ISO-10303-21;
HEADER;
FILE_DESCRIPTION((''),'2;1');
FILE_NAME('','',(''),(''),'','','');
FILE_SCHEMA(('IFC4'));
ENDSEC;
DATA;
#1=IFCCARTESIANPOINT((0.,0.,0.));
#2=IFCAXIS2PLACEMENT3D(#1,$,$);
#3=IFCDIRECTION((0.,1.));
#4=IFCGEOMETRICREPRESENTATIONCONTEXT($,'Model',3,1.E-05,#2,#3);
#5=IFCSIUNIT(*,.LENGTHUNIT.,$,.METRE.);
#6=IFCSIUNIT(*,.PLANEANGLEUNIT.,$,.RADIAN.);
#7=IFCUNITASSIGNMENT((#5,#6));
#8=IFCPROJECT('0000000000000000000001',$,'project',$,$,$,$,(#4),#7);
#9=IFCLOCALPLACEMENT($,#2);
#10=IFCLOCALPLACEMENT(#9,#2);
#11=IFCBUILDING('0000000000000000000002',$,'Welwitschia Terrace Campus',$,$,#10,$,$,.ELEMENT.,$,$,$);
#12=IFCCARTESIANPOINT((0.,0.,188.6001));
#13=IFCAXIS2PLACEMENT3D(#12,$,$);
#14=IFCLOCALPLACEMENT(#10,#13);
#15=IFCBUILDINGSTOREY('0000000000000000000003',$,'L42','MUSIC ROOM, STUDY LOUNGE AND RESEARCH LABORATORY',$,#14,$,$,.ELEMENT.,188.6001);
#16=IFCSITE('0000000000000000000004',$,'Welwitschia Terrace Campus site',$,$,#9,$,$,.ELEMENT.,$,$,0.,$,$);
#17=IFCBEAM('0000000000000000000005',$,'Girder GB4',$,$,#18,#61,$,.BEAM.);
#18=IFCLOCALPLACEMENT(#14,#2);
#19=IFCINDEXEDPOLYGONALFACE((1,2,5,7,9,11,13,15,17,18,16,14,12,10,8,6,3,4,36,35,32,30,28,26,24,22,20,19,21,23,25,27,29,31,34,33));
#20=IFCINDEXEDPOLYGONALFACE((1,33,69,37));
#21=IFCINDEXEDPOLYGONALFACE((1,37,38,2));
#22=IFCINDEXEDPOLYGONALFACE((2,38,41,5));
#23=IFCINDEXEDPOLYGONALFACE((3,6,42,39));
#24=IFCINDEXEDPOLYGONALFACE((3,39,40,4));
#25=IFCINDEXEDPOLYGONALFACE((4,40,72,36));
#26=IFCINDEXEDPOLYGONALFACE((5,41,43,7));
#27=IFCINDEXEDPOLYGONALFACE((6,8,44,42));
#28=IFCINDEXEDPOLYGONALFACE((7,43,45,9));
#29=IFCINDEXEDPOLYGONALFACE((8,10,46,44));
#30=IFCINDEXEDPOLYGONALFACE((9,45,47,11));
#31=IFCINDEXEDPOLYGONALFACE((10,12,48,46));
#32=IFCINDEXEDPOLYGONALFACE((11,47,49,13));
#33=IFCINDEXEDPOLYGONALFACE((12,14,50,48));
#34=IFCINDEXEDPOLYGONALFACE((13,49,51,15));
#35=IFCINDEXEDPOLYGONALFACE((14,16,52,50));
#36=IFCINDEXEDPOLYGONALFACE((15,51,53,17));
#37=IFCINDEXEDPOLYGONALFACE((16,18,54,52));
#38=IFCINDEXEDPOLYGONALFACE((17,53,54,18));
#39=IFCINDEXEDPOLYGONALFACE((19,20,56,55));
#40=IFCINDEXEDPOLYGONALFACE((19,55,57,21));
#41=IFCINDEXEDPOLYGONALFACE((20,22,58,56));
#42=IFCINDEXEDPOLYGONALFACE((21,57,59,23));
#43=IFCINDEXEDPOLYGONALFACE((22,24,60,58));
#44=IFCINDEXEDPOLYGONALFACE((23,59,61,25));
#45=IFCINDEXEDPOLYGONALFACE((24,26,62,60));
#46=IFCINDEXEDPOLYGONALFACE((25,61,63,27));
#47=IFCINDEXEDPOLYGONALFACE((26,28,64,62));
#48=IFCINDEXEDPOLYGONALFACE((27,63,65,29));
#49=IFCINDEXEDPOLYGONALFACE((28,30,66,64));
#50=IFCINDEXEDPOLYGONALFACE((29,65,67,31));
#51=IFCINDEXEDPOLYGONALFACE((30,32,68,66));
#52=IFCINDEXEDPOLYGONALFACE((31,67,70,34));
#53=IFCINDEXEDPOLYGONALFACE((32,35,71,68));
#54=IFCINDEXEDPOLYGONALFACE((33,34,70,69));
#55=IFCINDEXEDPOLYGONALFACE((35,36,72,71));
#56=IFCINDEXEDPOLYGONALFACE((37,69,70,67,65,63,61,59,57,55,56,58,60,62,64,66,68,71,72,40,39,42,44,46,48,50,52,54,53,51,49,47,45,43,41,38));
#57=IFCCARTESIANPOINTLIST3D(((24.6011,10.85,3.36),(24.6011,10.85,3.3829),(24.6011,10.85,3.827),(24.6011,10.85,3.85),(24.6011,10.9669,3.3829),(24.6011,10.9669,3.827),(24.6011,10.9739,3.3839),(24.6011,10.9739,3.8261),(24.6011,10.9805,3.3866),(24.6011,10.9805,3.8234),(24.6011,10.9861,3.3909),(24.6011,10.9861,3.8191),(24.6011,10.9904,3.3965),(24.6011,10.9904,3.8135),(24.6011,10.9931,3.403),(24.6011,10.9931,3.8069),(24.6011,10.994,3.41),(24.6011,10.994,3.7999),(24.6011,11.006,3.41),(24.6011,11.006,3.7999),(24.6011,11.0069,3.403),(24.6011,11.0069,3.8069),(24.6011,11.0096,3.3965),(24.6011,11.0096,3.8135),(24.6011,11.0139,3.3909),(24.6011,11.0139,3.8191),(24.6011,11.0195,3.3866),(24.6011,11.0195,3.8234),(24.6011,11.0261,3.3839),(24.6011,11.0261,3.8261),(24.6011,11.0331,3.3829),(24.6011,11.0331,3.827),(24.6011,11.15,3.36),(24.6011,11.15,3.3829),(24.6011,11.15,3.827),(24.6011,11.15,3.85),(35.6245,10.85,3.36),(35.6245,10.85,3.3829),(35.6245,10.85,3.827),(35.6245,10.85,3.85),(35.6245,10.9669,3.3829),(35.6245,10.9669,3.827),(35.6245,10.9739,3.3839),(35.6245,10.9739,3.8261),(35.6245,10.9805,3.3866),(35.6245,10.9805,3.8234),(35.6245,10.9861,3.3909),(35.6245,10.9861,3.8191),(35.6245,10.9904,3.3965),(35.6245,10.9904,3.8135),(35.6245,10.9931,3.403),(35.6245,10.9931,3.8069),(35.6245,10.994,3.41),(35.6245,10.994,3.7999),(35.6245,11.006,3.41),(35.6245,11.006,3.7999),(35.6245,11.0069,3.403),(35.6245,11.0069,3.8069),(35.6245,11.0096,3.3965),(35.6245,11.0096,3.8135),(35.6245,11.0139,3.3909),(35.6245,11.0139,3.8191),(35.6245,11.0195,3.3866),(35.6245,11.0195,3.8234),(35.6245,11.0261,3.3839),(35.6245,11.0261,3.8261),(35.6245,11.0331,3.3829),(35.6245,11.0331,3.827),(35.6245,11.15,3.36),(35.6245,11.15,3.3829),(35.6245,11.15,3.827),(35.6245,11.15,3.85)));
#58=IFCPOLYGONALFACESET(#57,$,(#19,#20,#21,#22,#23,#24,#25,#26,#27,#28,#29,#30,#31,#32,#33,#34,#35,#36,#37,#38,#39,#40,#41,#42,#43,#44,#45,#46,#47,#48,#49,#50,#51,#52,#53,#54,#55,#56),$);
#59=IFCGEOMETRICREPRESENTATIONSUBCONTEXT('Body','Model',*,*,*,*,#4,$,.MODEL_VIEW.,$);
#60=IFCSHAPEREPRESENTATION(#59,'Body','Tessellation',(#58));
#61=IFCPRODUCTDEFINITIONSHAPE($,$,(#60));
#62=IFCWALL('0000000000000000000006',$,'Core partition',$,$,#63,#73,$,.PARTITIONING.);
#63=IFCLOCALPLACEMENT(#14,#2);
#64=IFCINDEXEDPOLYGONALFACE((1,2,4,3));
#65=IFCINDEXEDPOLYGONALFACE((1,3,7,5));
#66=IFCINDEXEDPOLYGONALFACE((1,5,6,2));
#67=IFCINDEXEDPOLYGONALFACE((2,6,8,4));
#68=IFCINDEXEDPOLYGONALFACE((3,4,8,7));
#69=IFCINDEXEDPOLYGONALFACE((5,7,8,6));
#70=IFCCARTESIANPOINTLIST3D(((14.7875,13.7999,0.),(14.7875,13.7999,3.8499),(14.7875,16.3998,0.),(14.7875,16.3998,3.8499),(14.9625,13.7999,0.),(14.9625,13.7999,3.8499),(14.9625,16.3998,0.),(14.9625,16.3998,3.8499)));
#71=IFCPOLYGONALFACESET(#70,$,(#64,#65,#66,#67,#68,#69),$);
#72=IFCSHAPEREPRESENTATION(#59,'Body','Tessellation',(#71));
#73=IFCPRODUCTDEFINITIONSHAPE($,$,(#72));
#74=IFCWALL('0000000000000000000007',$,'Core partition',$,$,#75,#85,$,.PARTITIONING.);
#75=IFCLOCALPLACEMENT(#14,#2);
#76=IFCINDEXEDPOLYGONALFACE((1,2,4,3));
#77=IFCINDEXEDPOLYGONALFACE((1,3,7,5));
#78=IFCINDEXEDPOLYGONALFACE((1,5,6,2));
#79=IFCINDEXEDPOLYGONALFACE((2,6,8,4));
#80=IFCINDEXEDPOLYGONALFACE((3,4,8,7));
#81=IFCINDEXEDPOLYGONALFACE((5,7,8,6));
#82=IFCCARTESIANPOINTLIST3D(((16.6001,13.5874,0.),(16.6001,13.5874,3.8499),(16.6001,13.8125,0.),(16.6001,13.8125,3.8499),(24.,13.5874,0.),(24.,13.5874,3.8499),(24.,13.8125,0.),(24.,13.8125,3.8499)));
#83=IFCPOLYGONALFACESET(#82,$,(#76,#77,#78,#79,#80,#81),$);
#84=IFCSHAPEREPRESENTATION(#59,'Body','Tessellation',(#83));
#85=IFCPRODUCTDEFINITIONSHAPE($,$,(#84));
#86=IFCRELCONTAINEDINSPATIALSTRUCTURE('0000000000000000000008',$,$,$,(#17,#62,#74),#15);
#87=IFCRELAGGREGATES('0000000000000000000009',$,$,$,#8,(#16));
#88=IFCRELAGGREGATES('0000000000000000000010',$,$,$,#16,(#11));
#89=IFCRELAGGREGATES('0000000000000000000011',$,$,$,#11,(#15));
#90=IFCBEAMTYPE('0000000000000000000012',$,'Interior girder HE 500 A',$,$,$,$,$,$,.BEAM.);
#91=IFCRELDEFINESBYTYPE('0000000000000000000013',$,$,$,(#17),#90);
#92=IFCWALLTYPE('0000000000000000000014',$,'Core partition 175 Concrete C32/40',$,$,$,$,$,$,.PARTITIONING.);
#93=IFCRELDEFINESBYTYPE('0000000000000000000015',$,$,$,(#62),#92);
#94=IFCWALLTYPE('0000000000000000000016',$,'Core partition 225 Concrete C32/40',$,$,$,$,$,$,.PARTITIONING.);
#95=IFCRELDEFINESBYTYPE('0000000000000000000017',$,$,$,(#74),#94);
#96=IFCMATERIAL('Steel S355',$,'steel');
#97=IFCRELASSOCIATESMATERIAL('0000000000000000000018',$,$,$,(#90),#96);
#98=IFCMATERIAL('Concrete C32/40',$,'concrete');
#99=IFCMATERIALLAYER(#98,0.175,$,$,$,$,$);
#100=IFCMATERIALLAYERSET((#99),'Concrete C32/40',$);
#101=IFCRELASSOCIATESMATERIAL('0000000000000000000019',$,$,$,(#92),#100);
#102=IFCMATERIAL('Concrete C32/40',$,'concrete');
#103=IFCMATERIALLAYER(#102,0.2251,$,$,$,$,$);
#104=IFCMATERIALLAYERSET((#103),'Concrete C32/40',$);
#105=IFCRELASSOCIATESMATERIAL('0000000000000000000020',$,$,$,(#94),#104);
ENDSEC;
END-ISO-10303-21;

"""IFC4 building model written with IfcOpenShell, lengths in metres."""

from ifc_helpers import new_model, si_unit, direction, frame, frame_2d, origin, origin_2d, place, context, subcontext, project, spatial, rectangle, i_section, extrude, material, layer, layer_set, material_profile, profile_set, type_object, element, save


model = new_model("IFC4")

# Units and contexts
model_context = context("Model", 3, precision=1e-05, world=origin(), true_north=direction((0.0, 1.0)))
body_context = subcontext(model_context, "Body", "Model", "MODEL_VIEW")
ifc_project = project(units=[si_unit("LENGTHUNIT", "METRE"), si_unit("PLANEANGLEUNIT", "RADIAN")], contexts=[model_context])

# Site, building, storey
site_placement = place(None, origin())
site = spatial("IfcSite", under=ifc_project, at=site_placement, Name="Welwitschia Terrace Campus site", CompositionType="ELEMENT", RefElevation=0.0)
building_placement = place(site_placement, origin())
building = spatial("IfcBuilding", under=site, at=building_placement, Name="Welwitschia Terrace Campus", CompositionType="ELEMENT")
storey_placement = place(building_placement, frame((0.0, 0.0, 188.6001)))
storey = spatial("IfcBuildingStorey", under=building, at=storey_placement, Name="L42", Description="MUSIC ROOM, STUDY LOUNGE AND RESEARCH LABORATORY", CompositionType="ELEMENT", Elevation=188.6001)

# Beam
ifc_material_1 = material(Name="Steel S355", Category="steel")
ifc_material_profile = material_profile(ifc_material_1, i_section(OverallWidth=0.3, OverallDepth=0.49, WebThickness=0.012, FlangeThickness=0.0229, FilletRadius=0.0271, at=origin_2d()))
ifc_profile_set = profile_set([ifc_material_profile], Name="Steel S355")
beam_type = type_object("IfcBeamType", Name="Interior girder HE 500 A", PredefinedType="BEAM", material=ifc_profile_set)
beam_placement = place(storey_placement, frame((24.6011, 11.0, 3.605), z_axis=(1.0, 0.0, 0.0), x_axis=(0.0, 1.0, 0.0)))
element("IfcBeam", 1, at=beam_placement, inside=storey, type_object=beam_type, Name="Girder GB4", PredefinedType="BEAM", context=body_context, shape_type="SweptSolid", body=[
    extrude(i_section(OverallWidth=0.3, OverallDepth=0.49, WebThickness=0.012, FlangeThickness=0.0229, FilletRadius=0.0271, at=origin_2d()), origin(), (0.0, 0.0, 1.0), 11.0234),
])

# Walls
ifc_material_2 = material(Name="Concrete C32/40", Category="concrete")
ifc_layer_1 = layer(ifc_material_2, 0.175)
ifc_layer_set_1 = layer_set([ifc_layer_1], Name="Concrete C32/40")
wall_type_1 = type_object("IfcWallType", Name="Core partition 175 Concrete C32/40", PredefinedType="PARTITIONING", material=ifc_layer_set_1)
wall_1_placement = place(storey_placement, frame((14.875, 13.8, 0.0), z_axis=(0.0, 0.0, 1.0), x_axis=(0.0, 1.0, 0.0)))
element("IfcWall", 2, at=wall_1_placement, inside=storey, type_object=wall_type_1, Name="Core partition", PredefinedType="PARTITIONING", context=body_context, shape_type="SweptSolid", body=[
    extrude(rectangle(XDim=2.5999, YDim=0.175, at=frame_2d((1.2998, 0.0))), origin(), (0.0, 0.0, 1.0), 3.8499),
])
ifc_material_3 = material(Name="Concrete C32/40", Category="concrete")
ifc_layer_2 = layer(ifc_material_3, 0.2251)
ifc_layer_set_2 = layer_set([ifc_layer_2], Name="Concrete C32/40")
wall_type_2 = type_object("IfcWallType", Name="Core partition 225 Concrete C32/40", PredefinedType="PARTITIONING", material=ifc_layer_set_2)
wall_2_placement = place(storey_placement, frame((16.6001, 13.7, 0.0), z_axis=(0.0, 0.0, 1.0), x_axis=(1.0, 0.0, 0.0)))
element("IfcWall", 3, at=wall_2_placement, inside=storey, type_object=wall_type_2, Name="Core partition", PredefinedType="PARTITIONING", context=body_context, shape_type="SweptSolid", body=[
    extrude(rectangle(XDim=7.3999, YDim=0.2251, at=frame_2d((3.7, 0.0))), origin(), (0.0, 0.0, 1.0), 3.8499),
])

save(model, "model.ifc")
